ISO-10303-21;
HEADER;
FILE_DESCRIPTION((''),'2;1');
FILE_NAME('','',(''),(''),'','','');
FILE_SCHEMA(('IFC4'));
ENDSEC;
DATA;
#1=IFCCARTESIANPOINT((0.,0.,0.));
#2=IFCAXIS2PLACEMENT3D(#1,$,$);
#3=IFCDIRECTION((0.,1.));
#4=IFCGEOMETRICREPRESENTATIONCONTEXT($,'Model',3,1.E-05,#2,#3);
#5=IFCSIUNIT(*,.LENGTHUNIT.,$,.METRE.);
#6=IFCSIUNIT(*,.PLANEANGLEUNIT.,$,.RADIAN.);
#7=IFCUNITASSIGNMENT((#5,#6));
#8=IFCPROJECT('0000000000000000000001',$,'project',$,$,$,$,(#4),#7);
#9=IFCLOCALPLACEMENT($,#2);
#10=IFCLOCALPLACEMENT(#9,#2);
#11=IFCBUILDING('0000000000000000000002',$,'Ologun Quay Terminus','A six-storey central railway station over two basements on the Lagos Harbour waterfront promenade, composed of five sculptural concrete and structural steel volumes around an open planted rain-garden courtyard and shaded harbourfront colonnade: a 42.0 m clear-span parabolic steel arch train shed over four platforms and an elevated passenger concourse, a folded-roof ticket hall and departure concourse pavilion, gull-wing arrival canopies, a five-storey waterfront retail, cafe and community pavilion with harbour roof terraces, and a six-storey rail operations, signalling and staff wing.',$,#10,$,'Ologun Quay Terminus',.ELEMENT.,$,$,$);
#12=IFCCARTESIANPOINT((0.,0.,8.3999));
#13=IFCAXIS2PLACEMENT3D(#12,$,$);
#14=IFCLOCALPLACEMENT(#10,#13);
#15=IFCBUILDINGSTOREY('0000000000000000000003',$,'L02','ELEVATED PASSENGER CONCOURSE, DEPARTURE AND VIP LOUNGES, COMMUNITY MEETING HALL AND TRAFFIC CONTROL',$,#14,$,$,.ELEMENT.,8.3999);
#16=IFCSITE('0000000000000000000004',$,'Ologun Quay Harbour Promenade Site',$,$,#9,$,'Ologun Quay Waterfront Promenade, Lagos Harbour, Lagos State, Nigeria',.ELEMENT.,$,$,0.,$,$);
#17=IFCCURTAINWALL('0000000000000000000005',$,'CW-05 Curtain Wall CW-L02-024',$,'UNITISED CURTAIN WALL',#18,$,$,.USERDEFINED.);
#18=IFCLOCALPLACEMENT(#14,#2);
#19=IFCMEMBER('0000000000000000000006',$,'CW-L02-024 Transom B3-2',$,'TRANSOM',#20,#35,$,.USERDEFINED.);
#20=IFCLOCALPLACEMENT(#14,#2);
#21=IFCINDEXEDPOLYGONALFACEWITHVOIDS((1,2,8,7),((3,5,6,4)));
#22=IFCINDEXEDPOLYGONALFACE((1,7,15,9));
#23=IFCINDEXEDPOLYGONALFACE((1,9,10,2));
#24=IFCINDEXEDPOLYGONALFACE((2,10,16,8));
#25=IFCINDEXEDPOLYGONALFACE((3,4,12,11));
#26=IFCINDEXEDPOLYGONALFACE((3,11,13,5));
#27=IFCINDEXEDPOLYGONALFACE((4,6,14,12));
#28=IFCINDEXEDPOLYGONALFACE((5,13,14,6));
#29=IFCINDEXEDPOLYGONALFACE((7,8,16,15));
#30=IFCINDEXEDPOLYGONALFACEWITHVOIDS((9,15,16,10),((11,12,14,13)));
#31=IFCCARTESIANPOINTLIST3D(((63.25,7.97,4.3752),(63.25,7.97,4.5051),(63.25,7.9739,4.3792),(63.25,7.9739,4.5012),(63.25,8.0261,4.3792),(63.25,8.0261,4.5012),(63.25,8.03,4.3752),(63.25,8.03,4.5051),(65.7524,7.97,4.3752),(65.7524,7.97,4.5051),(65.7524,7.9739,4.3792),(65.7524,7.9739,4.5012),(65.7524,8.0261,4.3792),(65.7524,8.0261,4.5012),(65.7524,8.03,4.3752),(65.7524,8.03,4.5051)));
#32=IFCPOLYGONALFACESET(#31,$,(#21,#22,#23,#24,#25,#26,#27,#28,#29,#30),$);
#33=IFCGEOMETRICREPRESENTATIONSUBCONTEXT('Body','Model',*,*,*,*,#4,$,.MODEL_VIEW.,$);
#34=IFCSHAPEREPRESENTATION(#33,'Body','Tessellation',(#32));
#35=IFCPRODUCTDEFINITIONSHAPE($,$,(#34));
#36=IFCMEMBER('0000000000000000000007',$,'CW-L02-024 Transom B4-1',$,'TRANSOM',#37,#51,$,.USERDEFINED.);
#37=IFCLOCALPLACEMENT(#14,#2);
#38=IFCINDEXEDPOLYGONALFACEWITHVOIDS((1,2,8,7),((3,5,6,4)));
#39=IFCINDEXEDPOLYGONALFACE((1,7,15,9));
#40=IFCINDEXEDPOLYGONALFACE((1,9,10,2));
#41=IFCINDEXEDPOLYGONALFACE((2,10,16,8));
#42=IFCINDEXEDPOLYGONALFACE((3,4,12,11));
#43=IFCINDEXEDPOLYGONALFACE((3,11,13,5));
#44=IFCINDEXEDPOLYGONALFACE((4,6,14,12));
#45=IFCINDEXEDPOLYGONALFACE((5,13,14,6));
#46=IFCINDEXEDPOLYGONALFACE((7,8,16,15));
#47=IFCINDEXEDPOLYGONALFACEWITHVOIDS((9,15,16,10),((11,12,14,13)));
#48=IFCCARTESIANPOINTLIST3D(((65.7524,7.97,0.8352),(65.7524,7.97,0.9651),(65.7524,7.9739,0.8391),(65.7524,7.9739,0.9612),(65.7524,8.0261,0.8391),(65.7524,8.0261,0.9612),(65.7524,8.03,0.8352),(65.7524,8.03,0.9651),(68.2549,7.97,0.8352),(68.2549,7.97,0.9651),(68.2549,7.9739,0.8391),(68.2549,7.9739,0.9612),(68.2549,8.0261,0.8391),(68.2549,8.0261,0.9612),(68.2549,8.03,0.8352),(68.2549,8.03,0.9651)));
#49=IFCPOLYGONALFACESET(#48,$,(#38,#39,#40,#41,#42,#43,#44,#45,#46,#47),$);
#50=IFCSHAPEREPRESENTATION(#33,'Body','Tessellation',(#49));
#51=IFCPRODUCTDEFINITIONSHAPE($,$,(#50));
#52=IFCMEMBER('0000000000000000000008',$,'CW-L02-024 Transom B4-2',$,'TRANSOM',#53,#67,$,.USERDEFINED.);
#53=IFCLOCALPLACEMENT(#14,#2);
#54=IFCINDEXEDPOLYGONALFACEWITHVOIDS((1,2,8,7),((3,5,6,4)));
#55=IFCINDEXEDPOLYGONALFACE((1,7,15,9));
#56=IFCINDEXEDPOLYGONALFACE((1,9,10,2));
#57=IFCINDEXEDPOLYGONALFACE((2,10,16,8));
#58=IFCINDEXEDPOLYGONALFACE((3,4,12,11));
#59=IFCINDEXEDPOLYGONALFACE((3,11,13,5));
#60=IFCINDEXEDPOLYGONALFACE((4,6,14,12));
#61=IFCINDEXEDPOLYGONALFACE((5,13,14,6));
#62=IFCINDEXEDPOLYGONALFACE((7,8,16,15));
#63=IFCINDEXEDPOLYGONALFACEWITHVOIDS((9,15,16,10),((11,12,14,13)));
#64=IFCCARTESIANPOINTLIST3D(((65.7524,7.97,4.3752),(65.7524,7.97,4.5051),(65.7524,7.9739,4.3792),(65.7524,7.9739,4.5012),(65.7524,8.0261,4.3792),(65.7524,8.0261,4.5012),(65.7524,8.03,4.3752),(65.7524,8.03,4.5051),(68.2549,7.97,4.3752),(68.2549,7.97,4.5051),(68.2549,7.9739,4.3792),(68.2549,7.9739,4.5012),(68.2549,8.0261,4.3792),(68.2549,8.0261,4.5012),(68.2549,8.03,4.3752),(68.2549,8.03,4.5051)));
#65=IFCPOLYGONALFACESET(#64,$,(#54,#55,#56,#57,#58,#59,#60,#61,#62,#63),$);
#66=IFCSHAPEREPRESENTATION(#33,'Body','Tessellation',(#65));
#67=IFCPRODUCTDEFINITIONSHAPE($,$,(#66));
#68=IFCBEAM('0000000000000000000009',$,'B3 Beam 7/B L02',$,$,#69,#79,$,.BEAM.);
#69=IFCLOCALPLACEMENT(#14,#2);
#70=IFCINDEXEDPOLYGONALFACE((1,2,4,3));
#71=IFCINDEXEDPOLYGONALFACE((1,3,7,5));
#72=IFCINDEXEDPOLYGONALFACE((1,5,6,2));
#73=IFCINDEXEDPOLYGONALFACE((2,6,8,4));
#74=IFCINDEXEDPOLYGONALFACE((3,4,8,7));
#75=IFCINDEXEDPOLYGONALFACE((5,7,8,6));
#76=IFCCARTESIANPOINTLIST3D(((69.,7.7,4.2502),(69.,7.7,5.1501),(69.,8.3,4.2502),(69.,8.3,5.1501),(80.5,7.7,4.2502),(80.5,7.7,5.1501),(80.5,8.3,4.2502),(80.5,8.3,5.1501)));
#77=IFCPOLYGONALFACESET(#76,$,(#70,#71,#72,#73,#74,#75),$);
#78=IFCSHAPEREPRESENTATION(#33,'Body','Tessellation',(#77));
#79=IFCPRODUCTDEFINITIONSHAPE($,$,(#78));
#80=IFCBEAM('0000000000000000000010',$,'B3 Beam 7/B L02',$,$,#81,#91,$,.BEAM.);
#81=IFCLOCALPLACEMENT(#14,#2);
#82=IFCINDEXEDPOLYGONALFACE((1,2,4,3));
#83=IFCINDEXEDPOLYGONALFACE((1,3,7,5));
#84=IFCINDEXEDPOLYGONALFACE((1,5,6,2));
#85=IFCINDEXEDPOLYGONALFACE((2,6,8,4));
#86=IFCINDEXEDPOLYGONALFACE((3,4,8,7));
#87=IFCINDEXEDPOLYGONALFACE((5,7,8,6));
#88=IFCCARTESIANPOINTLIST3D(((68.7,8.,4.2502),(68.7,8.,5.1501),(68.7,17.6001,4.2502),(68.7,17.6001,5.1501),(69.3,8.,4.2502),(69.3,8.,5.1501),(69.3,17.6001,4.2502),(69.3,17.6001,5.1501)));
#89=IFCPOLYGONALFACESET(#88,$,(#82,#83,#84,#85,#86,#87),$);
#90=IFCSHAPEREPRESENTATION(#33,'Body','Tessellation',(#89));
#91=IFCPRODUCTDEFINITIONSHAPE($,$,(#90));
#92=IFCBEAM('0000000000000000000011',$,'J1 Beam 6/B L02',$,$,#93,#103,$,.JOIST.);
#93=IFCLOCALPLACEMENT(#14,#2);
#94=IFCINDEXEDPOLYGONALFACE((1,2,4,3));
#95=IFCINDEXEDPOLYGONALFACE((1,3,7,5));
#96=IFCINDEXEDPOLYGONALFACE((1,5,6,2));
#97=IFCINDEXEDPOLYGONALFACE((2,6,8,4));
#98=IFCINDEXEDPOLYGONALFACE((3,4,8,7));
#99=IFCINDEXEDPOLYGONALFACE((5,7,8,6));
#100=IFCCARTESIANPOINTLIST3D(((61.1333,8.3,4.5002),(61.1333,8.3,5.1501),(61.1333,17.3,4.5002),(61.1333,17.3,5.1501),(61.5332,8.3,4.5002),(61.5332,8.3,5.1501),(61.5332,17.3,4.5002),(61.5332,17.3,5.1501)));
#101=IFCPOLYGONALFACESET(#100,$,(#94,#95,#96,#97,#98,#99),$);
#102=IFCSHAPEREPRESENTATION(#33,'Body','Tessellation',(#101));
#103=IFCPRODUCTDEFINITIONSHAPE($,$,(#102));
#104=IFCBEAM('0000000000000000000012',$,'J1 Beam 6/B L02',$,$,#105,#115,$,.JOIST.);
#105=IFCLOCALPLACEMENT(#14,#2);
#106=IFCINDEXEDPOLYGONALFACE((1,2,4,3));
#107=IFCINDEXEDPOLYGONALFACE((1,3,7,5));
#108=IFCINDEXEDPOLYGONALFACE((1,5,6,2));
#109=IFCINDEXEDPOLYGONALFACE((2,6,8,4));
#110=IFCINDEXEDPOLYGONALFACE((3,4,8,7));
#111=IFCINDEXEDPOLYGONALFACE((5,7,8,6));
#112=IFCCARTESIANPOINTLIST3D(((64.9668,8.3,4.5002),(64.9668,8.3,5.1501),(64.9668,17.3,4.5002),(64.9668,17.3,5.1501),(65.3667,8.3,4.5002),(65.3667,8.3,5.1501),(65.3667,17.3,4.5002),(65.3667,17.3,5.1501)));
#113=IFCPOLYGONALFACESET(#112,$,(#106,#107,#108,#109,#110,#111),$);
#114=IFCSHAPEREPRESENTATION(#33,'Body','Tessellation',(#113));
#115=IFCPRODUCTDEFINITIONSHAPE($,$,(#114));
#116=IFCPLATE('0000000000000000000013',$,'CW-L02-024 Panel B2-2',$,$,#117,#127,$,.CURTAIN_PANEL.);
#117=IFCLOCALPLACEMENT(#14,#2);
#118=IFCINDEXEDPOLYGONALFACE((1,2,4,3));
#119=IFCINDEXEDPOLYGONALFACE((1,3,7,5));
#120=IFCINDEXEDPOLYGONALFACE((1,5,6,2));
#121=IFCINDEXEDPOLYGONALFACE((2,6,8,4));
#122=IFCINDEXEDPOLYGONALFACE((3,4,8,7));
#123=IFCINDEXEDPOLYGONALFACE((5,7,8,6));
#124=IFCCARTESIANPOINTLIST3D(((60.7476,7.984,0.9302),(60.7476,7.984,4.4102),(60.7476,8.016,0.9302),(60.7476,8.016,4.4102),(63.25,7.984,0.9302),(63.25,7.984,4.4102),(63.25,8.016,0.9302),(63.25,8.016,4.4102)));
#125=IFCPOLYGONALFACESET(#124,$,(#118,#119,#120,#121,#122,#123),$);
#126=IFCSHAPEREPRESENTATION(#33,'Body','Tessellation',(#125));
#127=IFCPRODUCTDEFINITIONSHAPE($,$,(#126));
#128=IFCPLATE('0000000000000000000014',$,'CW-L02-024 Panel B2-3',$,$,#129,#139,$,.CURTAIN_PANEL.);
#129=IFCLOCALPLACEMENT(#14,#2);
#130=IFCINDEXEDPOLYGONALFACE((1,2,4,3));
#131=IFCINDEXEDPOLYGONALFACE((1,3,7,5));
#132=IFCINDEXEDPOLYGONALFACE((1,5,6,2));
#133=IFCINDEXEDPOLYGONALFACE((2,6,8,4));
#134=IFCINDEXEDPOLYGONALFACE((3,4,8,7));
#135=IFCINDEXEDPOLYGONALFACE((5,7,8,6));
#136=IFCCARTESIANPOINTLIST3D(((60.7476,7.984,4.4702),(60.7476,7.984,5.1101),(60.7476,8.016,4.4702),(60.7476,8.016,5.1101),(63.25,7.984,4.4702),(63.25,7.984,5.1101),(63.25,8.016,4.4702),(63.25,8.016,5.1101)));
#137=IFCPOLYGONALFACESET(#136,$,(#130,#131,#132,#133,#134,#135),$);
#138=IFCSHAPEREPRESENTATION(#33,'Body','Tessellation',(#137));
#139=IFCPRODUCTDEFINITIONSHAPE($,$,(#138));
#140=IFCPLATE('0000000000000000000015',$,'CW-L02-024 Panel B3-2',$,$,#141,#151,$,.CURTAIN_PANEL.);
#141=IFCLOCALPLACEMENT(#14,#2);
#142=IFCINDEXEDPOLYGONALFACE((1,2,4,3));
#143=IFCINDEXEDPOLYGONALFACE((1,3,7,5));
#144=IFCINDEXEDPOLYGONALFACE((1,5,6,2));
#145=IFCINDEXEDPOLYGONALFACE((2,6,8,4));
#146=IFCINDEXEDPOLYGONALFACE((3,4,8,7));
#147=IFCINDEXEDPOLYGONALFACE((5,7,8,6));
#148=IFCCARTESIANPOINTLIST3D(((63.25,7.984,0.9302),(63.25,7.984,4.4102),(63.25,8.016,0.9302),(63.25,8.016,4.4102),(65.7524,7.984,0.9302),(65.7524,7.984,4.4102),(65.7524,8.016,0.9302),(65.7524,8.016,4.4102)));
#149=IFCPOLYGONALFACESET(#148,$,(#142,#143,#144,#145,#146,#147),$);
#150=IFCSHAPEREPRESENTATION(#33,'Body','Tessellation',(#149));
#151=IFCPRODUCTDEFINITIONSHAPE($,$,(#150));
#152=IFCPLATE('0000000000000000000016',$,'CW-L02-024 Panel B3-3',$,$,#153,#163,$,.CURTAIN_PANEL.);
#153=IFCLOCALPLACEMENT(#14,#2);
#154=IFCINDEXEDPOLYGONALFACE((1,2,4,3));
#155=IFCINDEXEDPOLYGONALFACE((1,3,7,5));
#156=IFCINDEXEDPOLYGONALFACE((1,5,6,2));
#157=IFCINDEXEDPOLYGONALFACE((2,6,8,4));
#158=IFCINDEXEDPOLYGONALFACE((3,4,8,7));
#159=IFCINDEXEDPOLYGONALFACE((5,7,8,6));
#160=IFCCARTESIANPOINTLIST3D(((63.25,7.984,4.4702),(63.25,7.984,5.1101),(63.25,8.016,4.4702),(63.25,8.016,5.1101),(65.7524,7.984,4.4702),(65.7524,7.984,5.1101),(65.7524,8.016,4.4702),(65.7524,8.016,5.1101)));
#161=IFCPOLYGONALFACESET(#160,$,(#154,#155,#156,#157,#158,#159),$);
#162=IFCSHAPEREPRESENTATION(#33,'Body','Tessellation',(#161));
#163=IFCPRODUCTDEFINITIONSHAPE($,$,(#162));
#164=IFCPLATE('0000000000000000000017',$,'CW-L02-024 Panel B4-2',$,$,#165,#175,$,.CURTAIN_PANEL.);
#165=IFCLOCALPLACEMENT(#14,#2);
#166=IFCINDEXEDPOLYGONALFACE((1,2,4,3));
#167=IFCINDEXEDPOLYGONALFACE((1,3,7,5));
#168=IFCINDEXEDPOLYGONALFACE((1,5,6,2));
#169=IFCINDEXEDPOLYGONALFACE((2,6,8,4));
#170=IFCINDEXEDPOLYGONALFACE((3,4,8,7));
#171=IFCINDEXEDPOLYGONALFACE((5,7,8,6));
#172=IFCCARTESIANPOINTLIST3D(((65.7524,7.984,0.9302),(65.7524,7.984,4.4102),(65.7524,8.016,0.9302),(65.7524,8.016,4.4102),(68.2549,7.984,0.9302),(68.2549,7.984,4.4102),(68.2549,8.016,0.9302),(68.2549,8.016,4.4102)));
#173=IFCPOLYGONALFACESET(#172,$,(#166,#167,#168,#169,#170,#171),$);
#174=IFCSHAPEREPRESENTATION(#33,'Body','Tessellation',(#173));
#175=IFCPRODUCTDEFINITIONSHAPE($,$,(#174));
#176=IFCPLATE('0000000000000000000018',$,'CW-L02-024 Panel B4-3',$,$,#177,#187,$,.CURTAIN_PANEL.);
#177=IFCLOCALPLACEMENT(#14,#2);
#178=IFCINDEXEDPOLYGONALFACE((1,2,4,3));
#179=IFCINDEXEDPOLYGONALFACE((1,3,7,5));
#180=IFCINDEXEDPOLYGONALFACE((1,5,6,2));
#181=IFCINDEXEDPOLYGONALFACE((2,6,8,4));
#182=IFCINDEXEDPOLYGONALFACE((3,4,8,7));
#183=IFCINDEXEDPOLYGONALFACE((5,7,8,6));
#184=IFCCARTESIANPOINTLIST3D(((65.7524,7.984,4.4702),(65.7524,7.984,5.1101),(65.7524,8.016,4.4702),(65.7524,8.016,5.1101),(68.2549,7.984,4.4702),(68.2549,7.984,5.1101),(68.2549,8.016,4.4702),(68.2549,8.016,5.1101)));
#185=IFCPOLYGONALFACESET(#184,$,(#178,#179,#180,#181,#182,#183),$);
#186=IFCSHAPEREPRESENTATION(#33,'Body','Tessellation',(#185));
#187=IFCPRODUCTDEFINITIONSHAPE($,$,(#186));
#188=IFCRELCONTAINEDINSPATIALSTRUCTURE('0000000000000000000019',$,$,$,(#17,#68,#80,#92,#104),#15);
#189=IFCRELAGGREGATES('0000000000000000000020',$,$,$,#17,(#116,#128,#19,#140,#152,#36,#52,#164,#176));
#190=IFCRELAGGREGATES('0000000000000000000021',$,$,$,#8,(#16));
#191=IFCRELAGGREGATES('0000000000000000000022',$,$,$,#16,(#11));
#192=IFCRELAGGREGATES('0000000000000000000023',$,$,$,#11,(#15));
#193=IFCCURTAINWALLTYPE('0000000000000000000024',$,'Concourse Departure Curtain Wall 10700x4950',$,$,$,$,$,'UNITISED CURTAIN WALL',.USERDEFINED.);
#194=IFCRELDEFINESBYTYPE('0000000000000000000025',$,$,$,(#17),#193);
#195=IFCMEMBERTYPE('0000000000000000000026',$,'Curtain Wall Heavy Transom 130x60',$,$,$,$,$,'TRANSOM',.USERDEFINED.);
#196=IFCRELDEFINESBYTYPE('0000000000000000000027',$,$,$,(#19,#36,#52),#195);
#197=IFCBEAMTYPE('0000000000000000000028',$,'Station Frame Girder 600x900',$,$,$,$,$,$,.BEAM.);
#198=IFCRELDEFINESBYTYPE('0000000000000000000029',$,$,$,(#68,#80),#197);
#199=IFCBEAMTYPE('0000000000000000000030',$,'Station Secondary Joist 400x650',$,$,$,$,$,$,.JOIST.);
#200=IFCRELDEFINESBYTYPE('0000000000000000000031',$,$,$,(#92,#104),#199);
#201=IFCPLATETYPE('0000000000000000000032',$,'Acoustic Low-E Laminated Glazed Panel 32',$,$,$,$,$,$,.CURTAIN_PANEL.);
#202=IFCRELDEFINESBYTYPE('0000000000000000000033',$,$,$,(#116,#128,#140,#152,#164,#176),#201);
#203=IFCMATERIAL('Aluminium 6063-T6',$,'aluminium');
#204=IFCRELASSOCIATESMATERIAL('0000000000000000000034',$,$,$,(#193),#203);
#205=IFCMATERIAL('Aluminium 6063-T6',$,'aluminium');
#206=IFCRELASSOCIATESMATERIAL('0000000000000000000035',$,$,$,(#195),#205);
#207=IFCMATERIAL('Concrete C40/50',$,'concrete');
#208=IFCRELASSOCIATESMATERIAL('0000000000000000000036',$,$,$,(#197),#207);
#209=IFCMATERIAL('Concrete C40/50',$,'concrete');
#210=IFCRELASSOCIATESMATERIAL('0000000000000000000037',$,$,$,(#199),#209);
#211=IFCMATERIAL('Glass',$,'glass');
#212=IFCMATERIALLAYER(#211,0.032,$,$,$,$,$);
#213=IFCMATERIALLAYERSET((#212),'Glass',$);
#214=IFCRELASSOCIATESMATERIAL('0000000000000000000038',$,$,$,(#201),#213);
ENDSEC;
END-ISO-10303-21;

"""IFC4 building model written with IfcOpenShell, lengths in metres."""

from ifc_helpers import new_model, si_unit, direction, frame, origin, origin_2d, place, context, subcontext, project, spatial, rectangle, hollow_rectangle, extrude, material, layer, layer_set, material_profile, profile_set, type_object, element, aggregate, save


model = new_model("IFC4")

# Units and contexts
model_context = context("Model", 3, precision=1e-05, world=origin(), true_north=direction((0.0, 1.0)))
body_context = subcontext(model_context, "Body", "Model", "MODEL_VIEW")
ifc_project = project(units=[si_unit("LENGTHUNIT", "METRE"), si_unit("PLANEANGLEUNIT", "RADIAN")], contexts=[model_context])

# Site, building, storey
site_placement = place(None, origin())
site = spatial("IfcSite", under=ifc_project, at=site_placement, Name="Ologun Quay Harbour Promenade Site", LongName="Ologun Quay Waterfront Promenade, Lagos Harbour, Lagos State, Nigeria", CompositionType="ELEMENT", RefElevation=0.0)
building_placement = place(site_placement, origin())
building = spatial("IfcBuilding", under=site, at=building_placement, Name="Ologun Quay Terminus", Description="A six-storey central railway station over two basements on the Lagos Harbour waterfront promenade, composed of five sculptural concrete and structural steel volumes around an open planted rain-garden courtyard and shaded harbourfront colonnade: a 42.0 m clear-span parabolic steel arch train shed over four platforms and an elevated passenger concourse, a folded-roof ticket hall and departure concourse pavilion, gull-wing arrival canopies, a five-storey waterfront retail, cafe and community pavilion with harbour roof terraces, and a six-storey rail operations, signalling and staff wing.", LongName="Ologun Quay Terminus", CompositionType="ELEMENT")
storey_placement = place(building_placement, frame((0.0, 0.0, 8.3999)))
storey = spatial("IfcBuildingStorey", under=building, at=storey_placement, Name="L02", Description="ELEVATED PASSENGER CONCOURSE, DEPARTURE AND VIP LOUNGES, COMMUNITY MEETING HALL AND TRAFFIC CONTROL", CompositionType="ELEMENT", Elevation=8.3999)

# Curtain wall, members
ifc_material_1 = material(Name="Aluminium 6063-T6", Category="aluminium")
curtain_wall_type = type_object("IfcCurtainWallType", Name="Concourse Departure Curtain Wall 10700x4950", ElementType="UNITISED CURTAIN WALL", PredefinedType="USERDEFINED", material=ifc_material_1)
curtain_wall_placement = place(storey_placement, origin())
curtain_wall = element("IfcCurtainWall", 1, at=curtain_wall_placement, inside=storey, type_object=curtain_wall_type, Name="CW-05 Curtain Wall CW-L02-024", ObjectType="UNITISED CURTAIN WALL", PredefinedType="USERDEFINED")
ifc_material_2 = material(Name="Aluminium 6063-T6", Category="aluminium")
ifc_material_profile_1 = material_profile(ifc_material_2, hollow_rectangle(XDim=0.0601, YDim=0.1299, WallThickness=0.0039, at=origin_2d()), Name="ALU 130x60x4")
ifc_profile_set_1 = profile_set([ifc_material_profile_1], Name="Aluminium 6063-T6")
member_type_1 = type_object("IfcMemberType", Name="Curtain Wall Heavy Transom 130x60", ElementType="TRANSOM", PredefinedType="USERDEFINED", material=ifc_profile_set_1)
member_1_placement = place(storey_placement, frame((63.25, 8.0, 4.4402), z_axis=(1.0, 0.0, 0.0), x_axis=(0.0, 1.0, 0.0)))
member_1 = element("IfcMember", 2, at=member_1_placement, type_object=member_type_1, Name="CW-L02-024 Transom B3-2", ObjectType="TRANSOM", PredefinedType="USERDEFINED", context=body_context, shape_type="SweptSolid", body=[
    extrude(hollow_rectangle(XDim=0.0601, YDim=0.1299, WallThickness=0.0039, at=origin_2d()), origin(), (0.0, 0.0, 1.0), 2.5024),
])
member_2_placement = place(storey_placement, frame((65.7524, 8.0, 0.9001), z_axis=(1.0, 0.0, 0.0), x_axis=(0.0, 1.0, 0.0)))
member_2 = element("IfcMember", 3, at=member_2_placement, type_object=member_type_1, Name="CW-L02-024 Transom B4-1", ObjectType="TRANSOM", PredefinedType="USERDEFINED", context=body_context, shape_type="SweptSolid", body=[
    extrude(hollow_rectangle(XDim=0.0601, YDim=0.1299, WallThickness=0.0039, at=origin_2d()), origin(), (0.0, 0.0, 1.0), 2.5024),
])
member_3_placement = place(storey_placement, frame((65.7524, 8.0, 4.4402), z_axis=(1.0, 0.0, 0.0), x_axis=(0.0, 1.0, 0.0)))
member_3 = element("IfcMember", 4, at=member_3_placement, type_object=member_type_1, Name="CW-L02-024 Transom B4-2", ObjectType="TRANSOM", PredefinedType="USERDEFINED", context=body_context, shape_type="SweptSolid", body=[
    extrude(hollow_rectangle(XDim=0.0601, YDim=0.1299, WallThickness=0.0039, at=origin_2d()), origin(), (0.0, 0.0, 1.0), 2.5024),
])

# Beams
ifc_material_3 = material(Name="Concrete C40/50", Category="concrete")
ifc_material_profile_2 = material_profile(ifc_material_3, rectangle(XDim=0.6001, YDim=0.8999, at=origin_2d()), Name="RC 600x900")
ifc_profile_set_2 = profile_set([ifc_material_profile_2], Name="Concrete C40/50")
beam_type_1 = type_object("IfcBeamType", Name="Station Frame Girder 600x900", PredefinedType="BEAM", material=ifc_profile_set_2)
beam_1_placement = place(storey_placement, frame((69.0, 8.0, 4.7002), z_axis=(1.0, 0.0, 0.0), x_axis=(0.0, 1.0, 0.0)))
element("IfcBeam", 5, at=beam_1_placement, inside=storey, type_object=beam_type_1, Name="B3 Beam 7/B L02", PredefinedType="BEAM", context=body_context, shape_type="SweptSolid", body=[
    extrude(rectangle(XDim=0.6001, YDim=0.8999, at=origin_2d()), origin(), (0.0, 0.0, 1.0), 11.5),
])
beam_2_placement = place(storey_placement, frame((69.0, 8.0, 4.7002), z_axis=(0.0, 1.0, 0.0), x_axis=(-1.0, 0.0, 0.0)))
element("IfcBeam", 6, at=beam_2_placement, inside=storey, type_object=beam_type_1, Name="B3 Beam 7/B L02", PredefinedType="BEAM", context=body_context, shape_type="SweptSolid", body=[
    extrude(rectangle(XDim=0.6001, YDim=0.8999, at=origin_2d()), origin(), (0.0, 0.0, 1.0), 9.6001),
])
ifc_material_4 = material(Name="Concrete C40/50", Category="concrete")
ifc_material_profile_3 = material_profile(ifc_material_4, rectangle(XDim=0.3999, YDim=0.6499, at=origin_2d()), Name="RC 400x650")
ifc_profile_set_3 = profile_set([ifc_material_profile_3], Name="Concrete C40/50")
beam_type_2 = type_object("IfcBeamType", Name="Station Secondary Joist 400x650", PredefinedType="JOIST", material=ifc_profile_set_3)
for number, where, z_axis, x_axis, name in (
    (7, (61.3333, 8.3, 4.8252), (0.0, 1.0, 0.0), (-1.0, 0.0, 0.0), "J1 Beam 6/B L02"),
    (8, (65.1667, 8.3, 4.8252), (0.0, 1.0, 0.0), (-1.0, 0.0, 0.0), "J1 Beam 6/B L02"),
):
    element("IfcBeam", number, at=place(storey_placement, frame(where, z_axis=z_axis, x_axis=x_axis)), inside=storey, type_object=beam_type_2, Name=name, PredefinedType="JOIST", context=body_context, shape_type="SweptSolid", body=[
        extrude(rectangle(XDim=0.3999, YDim=0.6499, at=origin_2d()), origin(), (0.0, 0.0, 1.0), 9.0),
    ])

# Plates
ifc_material_5 = material(Name="Glass", Category="glass")
ifc_layer_1 = layer(ifc_material_5, 0.032)
ifc_layer_set_1 = layer_set([ifc_layer_1], Name="Glass")
plate_type_1 = type_object("IfcPlateType", Name="Acoustic Low-E Laminated Glazed Panel 32", PredefinedType="CURTAIN_PANEL", material=ifc_layer_set_1)
plate_1_placement = place(storey_placement, frame((61.9988, 8.0, 0.9302), z_axis=(0.0, 0.0, 1.0), x_axis=(1.0, 0.0, 0.0)))
plate_1 = element("IfcPlate", 9, at=plate_1_placement, type_object=plate_type_1, Name="CW-L02-024 Panel B2-2", PredefinedType="CURTAIN_PANEL", context=body_context, shape_type="SweptSolid", body=[
    extrude(rectangle(XDim=2.5024, YDim=0.032, at=origin_2d()), origin(), (0.0, 0.0, 1.0), 3.48),
])
plate_2_placement = place(storey_placement, frame((61.9988, 8.0, 4.4702), z_axis=(0.0, 0.0, 1.0), x_axis=(1.0, 0.0, 0.0)))
plate_2 = element("IfcPlate", 10, at=plate_2_placement, type_object=plate_type_1, Name="CW-L02-024 Panel B2-3", PredefinedType="CURTAIN_PANEL", context=body_context, shape_type="SweptSolid", body=[
    extrude(rectangle(XDim=2.5024, YDim=0.032, at=origin_2d()), origin(), (0.0, 0.0, 1.0), 0.6399),
])
plate_3_placement = place(storey_placement, frame((64.5012, 8.0, 0.9302), z_axis=(0.0, 0.0, 1.0), x_axis=(1.0, 0.0, 0.0)))
plate_3 = element("IfcPlate", 11, at=plate_3_placement, type_object=plate_type_1, Name="CW-L02-024 Panel B3-2", PredefinedType="CURTAIN_PANEL", context=body_context, shape_type="SweptSolid", body=[
    extrude(rectangle(XDim=2.5024, YDim=0.032, at=origin_2d()), origin(), (0.0, 0.0, 1.0), 3.48),
])
plate_4_placement = place(storey_placement, frame((64.5012, 8.0, 4.4702), z_axis=(0.0, 0.0, 1.0), x_axis=(1.0, 0.0, 0.0)))
plate_4 = element("IfcPlate", 12, at=plate_4_placement, type_object=plate_type_1, Name="CW-L02-024 Panel B3-3", PredefinedType="CURTAIN_PANEL", context=body_context, shape_type="SweptSolid", body=[
    extrude(rectangle(XDim=2.5024, YDim=0.032, at=origin_2d()), origin(), (0.0, 0.0, 1.0), 0.6399),
])
plate_5_placement = place(storey_placement, frame((67.0037, 8.0, 0.9302), z_axis=(0.0, 0.0, 1.0), x_axis=(1.0, 0.0, 0.0)))
plate_5 = element("IfcPlate", 13, at=plate_5_placement, type_object=plate_type_1, Name="CW-L02-024 Panel B4-2", PredefinedType="CURTAIN_PANEL", context=body_context, shape_type="SweptSolid", body=[
    extrude(rectangle(XDim=2.5024, YDim=0.032, at=origin_2d()), origin(), (0.0, 0.0, 1.0), 3.48),
])
plate_6_placement = place(storey_placement, frame((67.0037, 8.0, 4.4702), z_axis=(0.0, 0.0, 1.0), x_axis=(1.0, 0.0, 0.0)))
plate_6 = element("IfcPlate", 14, at=plate_6_placement, type_object=plate_type_1, Name="CW-L02-024 Panel B4-3", PredefinedType="CURTAIN_PANEL", context=body_context, shape_type="SweptSolid", body=[
    extrude(rectangle(XDim=2.5024, YDim=0.032, at=origin_2d()), origin(), (0.0, 0.0, 1.0), 0.6399),
])
aggregate(curtain_wall, [plate_1, plate_2, member_1, plate_3, plate_4, member_2, member_3, plate_5, plate_6])

save(model, "model.ifc")
